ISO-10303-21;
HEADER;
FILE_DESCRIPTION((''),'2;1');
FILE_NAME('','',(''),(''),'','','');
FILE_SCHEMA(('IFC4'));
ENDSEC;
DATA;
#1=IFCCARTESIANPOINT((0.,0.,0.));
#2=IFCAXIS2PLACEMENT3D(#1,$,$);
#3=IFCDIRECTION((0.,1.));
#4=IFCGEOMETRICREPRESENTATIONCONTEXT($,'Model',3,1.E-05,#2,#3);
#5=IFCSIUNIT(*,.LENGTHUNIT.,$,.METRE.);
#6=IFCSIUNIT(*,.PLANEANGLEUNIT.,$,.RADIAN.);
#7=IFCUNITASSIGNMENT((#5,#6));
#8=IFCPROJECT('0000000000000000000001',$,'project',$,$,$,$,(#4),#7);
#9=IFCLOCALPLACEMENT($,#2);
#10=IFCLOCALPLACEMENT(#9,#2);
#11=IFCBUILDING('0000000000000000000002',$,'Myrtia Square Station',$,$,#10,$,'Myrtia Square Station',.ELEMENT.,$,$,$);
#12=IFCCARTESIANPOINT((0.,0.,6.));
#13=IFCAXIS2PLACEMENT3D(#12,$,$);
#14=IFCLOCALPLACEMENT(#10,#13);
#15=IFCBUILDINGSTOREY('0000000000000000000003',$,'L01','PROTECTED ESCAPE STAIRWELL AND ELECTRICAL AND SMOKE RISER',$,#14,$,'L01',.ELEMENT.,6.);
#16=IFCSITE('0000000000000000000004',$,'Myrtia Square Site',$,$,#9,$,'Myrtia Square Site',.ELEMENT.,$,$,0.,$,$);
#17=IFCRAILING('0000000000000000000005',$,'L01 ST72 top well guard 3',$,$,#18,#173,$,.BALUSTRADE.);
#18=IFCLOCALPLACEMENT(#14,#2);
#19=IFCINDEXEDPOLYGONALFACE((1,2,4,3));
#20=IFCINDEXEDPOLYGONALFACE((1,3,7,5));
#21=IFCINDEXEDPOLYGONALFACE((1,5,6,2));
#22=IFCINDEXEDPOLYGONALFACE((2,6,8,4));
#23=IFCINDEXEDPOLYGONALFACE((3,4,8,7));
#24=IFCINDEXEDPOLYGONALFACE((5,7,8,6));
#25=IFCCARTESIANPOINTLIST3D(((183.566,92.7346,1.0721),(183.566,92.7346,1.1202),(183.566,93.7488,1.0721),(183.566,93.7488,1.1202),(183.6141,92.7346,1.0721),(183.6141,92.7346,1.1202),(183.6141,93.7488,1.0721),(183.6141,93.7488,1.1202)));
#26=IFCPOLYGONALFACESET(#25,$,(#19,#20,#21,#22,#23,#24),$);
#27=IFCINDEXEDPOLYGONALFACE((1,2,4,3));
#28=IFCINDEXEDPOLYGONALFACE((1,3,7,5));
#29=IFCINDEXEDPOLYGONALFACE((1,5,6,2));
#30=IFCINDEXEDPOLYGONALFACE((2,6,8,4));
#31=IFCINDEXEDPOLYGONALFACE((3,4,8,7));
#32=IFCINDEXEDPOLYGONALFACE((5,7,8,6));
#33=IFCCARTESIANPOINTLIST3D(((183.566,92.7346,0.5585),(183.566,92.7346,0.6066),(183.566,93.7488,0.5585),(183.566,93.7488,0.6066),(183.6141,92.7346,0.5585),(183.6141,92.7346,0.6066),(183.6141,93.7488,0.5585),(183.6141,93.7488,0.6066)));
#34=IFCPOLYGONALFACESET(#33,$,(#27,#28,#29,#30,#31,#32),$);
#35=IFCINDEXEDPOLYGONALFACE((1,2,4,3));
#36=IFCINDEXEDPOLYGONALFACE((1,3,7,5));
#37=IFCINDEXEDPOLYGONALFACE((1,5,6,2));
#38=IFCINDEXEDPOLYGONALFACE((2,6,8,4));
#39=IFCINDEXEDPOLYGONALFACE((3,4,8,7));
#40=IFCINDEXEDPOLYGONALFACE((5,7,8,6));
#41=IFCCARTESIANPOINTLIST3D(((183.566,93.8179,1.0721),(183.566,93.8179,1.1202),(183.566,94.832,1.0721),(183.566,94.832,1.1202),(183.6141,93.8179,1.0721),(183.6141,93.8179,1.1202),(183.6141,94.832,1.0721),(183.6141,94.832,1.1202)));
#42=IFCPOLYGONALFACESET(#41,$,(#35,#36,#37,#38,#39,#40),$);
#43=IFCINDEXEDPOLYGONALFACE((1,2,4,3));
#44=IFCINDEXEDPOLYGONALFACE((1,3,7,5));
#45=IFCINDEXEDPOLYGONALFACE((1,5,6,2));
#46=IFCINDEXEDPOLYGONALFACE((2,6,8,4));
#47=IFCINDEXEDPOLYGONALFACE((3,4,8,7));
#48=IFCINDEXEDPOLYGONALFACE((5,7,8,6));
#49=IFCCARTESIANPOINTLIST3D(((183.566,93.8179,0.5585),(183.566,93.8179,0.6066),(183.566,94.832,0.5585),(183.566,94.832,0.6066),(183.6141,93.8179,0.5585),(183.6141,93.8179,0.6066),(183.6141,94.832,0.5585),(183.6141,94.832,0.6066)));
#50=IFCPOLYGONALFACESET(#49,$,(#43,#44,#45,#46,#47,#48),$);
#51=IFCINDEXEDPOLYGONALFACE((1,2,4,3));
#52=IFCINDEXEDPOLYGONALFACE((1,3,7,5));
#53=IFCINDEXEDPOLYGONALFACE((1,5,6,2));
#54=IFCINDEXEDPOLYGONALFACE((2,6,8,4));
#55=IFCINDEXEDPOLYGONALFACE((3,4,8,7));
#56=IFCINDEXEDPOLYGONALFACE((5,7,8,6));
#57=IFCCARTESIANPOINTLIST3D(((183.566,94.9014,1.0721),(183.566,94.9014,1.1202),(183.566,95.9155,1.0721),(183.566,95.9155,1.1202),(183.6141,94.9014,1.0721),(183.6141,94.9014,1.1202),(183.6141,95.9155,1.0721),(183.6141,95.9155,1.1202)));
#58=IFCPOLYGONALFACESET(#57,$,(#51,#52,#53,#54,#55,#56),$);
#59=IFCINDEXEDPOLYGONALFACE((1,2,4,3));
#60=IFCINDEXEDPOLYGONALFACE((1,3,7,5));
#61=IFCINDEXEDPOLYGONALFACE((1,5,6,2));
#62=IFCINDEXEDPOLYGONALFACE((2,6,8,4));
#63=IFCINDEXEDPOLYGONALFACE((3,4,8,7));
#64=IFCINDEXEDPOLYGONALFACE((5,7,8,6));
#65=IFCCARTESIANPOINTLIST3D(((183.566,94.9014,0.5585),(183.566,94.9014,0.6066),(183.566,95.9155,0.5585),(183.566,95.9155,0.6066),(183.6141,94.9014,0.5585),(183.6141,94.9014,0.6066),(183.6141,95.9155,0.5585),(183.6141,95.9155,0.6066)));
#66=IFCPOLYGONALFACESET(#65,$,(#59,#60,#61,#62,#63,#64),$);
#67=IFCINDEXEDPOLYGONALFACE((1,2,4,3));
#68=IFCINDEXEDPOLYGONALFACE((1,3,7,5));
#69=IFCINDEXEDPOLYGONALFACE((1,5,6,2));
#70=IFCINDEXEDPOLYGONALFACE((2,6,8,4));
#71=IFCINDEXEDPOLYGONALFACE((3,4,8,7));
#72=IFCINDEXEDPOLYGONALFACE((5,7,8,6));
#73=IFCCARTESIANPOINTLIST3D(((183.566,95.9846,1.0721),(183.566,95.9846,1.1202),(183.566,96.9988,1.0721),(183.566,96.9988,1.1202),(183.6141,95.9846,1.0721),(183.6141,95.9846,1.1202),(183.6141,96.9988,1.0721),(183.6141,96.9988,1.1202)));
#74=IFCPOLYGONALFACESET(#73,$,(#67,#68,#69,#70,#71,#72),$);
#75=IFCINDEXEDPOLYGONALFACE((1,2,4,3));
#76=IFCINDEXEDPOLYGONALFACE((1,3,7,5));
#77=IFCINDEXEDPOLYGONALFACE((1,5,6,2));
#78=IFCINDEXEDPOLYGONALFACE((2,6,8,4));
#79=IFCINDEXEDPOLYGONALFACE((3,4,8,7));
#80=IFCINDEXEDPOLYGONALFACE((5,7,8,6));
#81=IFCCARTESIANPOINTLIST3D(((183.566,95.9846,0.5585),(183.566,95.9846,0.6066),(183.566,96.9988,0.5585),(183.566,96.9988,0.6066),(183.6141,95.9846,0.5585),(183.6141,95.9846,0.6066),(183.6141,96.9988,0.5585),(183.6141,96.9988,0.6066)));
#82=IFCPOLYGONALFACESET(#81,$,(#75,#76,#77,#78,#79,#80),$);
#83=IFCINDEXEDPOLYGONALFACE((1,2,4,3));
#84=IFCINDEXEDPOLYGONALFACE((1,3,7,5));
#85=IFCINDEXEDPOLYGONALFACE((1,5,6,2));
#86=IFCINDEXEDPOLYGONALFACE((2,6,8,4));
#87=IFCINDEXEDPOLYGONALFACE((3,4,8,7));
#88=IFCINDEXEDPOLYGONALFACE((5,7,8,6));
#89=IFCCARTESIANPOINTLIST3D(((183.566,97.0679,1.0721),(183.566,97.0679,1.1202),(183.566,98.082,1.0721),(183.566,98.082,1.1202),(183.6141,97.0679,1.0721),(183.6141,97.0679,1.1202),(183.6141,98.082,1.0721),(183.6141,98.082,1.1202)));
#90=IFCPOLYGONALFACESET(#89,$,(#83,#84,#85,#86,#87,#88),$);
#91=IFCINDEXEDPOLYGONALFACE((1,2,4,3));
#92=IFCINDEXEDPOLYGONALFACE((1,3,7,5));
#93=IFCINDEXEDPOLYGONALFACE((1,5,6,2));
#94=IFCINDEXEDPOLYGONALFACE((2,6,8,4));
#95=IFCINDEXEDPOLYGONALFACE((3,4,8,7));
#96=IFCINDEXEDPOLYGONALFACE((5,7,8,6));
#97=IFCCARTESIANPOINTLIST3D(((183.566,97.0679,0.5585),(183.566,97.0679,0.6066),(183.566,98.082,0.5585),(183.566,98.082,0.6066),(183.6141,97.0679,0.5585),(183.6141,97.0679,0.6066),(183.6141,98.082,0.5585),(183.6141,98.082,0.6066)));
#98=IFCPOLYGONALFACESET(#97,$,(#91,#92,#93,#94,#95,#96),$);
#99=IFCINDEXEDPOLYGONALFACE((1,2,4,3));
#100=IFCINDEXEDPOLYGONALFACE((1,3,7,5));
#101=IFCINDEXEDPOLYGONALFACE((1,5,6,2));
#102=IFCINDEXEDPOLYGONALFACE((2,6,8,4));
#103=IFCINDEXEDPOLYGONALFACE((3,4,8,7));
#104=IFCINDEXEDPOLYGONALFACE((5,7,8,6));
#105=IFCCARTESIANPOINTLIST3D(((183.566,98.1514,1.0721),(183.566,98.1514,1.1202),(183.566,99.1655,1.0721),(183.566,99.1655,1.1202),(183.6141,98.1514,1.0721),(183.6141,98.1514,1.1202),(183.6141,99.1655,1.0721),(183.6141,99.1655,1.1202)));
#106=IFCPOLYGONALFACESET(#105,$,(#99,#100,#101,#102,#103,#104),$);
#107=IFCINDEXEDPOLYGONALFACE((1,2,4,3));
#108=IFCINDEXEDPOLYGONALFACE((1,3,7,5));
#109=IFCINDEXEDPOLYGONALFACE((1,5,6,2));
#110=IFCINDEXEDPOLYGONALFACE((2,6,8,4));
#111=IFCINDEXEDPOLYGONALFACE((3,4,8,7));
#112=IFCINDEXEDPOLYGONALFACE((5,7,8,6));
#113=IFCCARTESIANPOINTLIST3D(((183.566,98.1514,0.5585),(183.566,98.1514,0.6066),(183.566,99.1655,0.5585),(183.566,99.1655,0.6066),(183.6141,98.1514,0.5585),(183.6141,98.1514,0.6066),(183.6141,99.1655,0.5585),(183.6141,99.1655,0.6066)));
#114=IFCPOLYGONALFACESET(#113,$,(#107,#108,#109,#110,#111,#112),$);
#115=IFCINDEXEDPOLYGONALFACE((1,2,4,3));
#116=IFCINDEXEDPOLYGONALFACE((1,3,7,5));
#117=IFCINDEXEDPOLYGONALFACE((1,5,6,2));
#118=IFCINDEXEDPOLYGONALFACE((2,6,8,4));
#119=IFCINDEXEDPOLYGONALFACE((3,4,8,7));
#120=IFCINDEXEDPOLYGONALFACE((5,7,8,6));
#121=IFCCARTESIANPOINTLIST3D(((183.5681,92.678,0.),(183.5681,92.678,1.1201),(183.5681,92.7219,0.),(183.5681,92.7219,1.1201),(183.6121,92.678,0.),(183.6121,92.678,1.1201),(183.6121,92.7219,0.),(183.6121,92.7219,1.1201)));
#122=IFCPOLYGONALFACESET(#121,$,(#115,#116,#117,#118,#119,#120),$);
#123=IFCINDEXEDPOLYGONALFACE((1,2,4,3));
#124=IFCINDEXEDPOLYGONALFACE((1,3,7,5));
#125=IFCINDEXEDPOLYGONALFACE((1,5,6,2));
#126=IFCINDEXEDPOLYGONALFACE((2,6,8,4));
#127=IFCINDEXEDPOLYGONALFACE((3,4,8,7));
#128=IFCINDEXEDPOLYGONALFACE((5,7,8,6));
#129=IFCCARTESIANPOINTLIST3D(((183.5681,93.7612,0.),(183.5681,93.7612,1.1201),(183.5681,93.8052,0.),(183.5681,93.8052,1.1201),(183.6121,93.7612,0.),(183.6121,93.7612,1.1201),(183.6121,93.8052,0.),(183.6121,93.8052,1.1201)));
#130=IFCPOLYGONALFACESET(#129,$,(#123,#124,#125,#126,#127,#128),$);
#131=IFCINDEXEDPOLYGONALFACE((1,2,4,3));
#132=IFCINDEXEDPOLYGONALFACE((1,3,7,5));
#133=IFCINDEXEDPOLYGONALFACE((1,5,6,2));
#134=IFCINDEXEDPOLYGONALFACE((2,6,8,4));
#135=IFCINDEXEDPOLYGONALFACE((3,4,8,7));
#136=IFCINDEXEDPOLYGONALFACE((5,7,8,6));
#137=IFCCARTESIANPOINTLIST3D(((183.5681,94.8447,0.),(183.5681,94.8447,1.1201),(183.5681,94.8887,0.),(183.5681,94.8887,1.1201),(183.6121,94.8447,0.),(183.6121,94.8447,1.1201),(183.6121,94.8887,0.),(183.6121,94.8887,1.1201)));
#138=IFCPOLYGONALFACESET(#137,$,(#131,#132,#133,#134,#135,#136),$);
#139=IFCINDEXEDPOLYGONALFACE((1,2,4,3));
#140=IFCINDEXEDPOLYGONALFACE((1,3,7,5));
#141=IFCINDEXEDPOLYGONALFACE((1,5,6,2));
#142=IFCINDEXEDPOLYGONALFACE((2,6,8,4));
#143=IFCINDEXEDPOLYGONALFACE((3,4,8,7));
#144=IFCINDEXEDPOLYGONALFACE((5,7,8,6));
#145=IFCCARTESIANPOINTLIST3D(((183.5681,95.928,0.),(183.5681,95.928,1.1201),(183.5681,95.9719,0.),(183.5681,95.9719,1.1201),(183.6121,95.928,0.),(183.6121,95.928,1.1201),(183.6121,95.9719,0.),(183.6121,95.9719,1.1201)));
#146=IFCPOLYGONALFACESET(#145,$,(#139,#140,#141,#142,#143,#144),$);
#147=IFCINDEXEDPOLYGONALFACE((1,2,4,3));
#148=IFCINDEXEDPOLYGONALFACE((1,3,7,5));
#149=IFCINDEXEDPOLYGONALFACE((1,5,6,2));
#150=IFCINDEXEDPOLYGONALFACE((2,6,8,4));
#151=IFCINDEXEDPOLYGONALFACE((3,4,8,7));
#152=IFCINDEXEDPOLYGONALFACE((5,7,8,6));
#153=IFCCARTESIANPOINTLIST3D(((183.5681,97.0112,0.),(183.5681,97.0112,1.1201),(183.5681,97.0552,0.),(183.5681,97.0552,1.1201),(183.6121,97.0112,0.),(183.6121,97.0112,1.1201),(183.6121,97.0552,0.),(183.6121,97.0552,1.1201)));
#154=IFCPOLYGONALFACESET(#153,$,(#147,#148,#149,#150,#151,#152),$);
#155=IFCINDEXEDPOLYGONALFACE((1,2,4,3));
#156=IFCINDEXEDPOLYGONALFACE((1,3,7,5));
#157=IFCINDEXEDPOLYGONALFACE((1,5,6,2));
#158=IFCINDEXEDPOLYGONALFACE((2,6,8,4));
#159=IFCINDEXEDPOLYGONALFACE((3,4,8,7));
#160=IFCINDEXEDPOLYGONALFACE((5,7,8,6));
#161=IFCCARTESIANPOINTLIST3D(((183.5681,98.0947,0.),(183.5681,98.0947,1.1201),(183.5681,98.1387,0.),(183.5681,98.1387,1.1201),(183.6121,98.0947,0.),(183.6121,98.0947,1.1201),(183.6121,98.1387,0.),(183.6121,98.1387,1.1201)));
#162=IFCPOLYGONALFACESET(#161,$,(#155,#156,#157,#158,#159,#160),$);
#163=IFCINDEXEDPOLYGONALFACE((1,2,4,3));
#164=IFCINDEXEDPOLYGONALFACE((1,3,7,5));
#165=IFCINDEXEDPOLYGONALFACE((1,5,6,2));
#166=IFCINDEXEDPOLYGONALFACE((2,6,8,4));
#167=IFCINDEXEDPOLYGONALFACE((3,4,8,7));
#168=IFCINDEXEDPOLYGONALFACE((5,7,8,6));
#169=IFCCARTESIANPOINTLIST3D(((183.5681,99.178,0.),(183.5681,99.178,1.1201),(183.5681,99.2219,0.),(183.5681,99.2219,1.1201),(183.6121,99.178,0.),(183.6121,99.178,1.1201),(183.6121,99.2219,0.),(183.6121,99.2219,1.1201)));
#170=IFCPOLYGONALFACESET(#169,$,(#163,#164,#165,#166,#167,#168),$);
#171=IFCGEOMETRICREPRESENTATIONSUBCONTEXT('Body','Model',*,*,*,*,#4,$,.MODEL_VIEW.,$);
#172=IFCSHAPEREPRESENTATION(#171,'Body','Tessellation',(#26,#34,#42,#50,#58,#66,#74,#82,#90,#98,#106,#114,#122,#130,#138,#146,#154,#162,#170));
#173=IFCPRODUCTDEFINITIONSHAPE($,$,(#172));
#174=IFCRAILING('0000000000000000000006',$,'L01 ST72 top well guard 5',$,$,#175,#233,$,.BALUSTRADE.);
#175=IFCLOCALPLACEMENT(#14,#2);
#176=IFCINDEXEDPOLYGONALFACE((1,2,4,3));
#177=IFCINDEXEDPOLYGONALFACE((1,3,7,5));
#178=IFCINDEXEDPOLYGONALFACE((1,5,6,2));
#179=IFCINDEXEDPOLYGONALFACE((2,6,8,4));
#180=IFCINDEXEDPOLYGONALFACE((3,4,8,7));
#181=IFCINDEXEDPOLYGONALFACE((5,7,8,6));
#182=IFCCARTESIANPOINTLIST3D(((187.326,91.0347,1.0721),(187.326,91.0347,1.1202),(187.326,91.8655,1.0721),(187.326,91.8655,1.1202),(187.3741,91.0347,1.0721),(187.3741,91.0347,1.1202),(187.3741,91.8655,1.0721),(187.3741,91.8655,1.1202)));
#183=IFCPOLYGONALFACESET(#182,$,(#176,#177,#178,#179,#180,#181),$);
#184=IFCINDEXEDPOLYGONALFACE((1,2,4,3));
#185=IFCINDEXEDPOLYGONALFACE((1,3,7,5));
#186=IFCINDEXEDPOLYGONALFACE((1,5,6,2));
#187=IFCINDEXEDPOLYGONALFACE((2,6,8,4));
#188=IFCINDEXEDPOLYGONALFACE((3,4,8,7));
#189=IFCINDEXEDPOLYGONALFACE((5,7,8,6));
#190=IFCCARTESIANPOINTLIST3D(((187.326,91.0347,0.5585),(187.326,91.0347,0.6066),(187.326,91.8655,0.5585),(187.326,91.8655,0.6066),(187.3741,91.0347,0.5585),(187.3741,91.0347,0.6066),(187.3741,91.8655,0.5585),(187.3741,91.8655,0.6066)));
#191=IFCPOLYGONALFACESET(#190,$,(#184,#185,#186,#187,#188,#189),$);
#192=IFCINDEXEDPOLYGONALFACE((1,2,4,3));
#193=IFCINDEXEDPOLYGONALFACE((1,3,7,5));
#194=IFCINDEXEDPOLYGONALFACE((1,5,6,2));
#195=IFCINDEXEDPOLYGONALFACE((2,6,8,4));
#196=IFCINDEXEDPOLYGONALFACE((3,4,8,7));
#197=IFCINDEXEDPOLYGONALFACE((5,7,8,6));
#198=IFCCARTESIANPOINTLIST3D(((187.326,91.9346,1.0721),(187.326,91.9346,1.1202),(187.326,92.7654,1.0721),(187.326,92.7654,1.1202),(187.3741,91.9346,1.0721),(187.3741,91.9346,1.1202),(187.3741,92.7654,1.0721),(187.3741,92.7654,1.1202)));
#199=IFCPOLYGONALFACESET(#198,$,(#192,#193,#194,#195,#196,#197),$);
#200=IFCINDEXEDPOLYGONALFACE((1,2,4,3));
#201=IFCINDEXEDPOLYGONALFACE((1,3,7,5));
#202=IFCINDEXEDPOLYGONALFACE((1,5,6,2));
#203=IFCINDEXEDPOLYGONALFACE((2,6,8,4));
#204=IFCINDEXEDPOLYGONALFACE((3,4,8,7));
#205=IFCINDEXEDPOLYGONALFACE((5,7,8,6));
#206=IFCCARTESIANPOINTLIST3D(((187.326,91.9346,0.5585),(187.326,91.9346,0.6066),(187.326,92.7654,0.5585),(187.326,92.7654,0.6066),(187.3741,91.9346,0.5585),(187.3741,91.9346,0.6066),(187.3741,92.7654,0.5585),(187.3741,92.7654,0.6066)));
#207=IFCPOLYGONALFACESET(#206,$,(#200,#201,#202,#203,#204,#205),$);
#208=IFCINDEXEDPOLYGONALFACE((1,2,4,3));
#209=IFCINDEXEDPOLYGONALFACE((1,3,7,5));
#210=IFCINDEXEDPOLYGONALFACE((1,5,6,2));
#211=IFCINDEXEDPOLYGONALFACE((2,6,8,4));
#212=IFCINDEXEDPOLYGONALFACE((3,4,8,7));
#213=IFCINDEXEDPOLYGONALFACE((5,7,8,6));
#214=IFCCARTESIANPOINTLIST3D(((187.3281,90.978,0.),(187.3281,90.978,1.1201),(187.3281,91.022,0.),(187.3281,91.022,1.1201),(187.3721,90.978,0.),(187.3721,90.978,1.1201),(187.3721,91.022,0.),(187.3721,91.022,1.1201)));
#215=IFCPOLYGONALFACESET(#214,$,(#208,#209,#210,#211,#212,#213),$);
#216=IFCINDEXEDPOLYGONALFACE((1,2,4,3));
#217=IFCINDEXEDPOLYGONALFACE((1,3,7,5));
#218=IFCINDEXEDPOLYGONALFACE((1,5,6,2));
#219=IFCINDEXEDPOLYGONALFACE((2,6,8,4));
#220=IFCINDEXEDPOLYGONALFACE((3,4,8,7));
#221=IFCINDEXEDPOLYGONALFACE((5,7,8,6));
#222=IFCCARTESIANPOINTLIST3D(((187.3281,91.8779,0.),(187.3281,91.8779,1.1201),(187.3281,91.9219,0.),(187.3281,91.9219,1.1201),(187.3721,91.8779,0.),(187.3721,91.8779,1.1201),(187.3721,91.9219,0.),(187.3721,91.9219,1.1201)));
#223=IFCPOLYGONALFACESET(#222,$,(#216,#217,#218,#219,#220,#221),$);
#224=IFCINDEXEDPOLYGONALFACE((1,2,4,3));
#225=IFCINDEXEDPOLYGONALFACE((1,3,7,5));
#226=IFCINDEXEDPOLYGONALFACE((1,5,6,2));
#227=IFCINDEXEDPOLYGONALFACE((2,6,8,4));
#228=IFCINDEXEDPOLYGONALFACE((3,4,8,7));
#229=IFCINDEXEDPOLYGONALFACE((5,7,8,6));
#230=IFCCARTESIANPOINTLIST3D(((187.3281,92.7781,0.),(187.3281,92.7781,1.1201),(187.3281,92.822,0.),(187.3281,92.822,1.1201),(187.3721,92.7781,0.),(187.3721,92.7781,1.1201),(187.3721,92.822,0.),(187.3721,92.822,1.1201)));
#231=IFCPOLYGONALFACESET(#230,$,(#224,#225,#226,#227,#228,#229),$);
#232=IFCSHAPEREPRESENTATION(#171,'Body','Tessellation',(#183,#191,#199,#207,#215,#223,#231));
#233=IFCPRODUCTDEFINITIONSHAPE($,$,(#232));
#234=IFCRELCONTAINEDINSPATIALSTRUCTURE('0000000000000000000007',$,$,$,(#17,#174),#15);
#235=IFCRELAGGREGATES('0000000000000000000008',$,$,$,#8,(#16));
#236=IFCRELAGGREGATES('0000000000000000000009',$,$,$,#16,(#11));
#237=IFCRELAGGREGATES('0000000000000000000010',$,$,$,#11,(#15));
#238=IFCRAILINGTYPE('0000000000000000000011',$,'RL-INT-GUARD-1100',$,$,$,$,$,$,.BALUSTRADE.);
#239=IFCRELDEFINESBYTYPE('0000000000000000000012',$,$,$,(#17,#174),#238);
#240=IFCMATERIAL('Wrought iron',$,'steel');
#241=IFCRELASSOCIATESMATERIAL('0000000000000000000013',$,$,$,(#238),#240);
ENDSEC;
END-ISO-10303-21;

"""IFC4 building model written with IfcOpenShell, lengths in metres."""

from ifc_helpers import new_model, si_unit, direction, frame, origin, origin_2d, place, context, subcontext, project, spatial, rectangle, extrude, material, type_object, element, save


model = new_model("IFC4")

# Units and contexts
model_context = context("Model", 3, precision=1e-05, world=origin(), true_north=direction((0.0, 1.0)))
body_context = subcontext(model_context, "Body", "Model", "MODEL_VIEW")
ifc_project = project(units=[si_unit("LENGTHUNIT", "METRE"), si_unit("PLANEANGLEUNIT", "RADIAN")], contexts=[model_context])

# Site, building, storey
site_placement = place(None, origin())
site = spatial("IfcSite", under=ifc_project, at=site_placement, Name="Myrtia Square Site", LongName="Myrtia Square Site", CompositionType="ELEMENT", RefElevation=0.0)
building_placement = place(site_placement, origin())
building = spatial("IfcBuilding", under=site, at=building_placement, Name="Myrtia Square Station", LongName="Myrtia Square Station", CompositionType="ELEMENT")
storey_placement = place(building_placement, frame((0.0, 0.0, 6.0)))
storey = spatial("IfcBuildingStorey", under=building, at=storey_placement, Name="L01", Description="PROTECTED ESCAPE STAIRWELL AND ELECTRICAL AND SMOKE RISER", LongName="L01", CompositionType="ELEMENT", Elevation=6.0)

# Railings
ifc_material_1 = material(Name="Wrought iron", Category="steel")
railing_type = type_object("IfcRailingType", Name="RL-INT-GUARD-1100", PredefinedType="BALUSTRADE", material=ifc_material_1)
railing_1_placement = place(storey_placement, frame((183.5901, 92.7, 0.0)))
element("IfcRailing", 1, at=railing_1_placement, inside=storey, type_object=railing_type, Name="L01 ST72 top well guard 3", PredefinedType="BALUSTRADE", context=body_context, shape_type="SweptSolid", body=[
    extrude(rectangle(XDim=0.0481, YDim=0.0481, at=origin_2d()), frame((0.0, 0.0347, 1.0962), z_axis=(0.0, 1.0, 0.0), x_axis=(-1.0, 0.0, 0.0)), (0.0, 0.0, 1.0), 1.0142),
    extrude(rectangle(XDim=0.0481, YDim=0.0481, at=origin_2d()), frame((0.0, 0.0347, 0.5825), z_axis=(0.0, 1.0, 0.0), x_axis=(-1.0, 0.0, 0.0)), (0.0, 0.0, 1.0), 1.0142),
    extrude(rectangle(XDim=0.0481, YDim=0.0481, at=origin_2d()), frame((0.0, 1.1179, 1.0962), z_axis=(0.0, 1.0, 0.0), x_axis=(-1.0, 0.0, 0.0)), (0.0, 0.0, 1.0), 1.0142),
    extrude(rectangle(XDim=0.0481, YDim=0.0481, at=origin_2d()), frame((0.0, 1.1179, 0.5825), z_axis=(0.0, 1.0, 0.0), x_axis=(-1.0, 0.0, 0.0)), (0.0, 0.0, 1.0), 1.0142),
    extrude(rectangle(XDim=0.0481, YDim=0.0481, at=origin_2d()), frame((0.0, 2.2014, 1.0962), z_axis=(0.0, 1.0, 0.0), x_axis=(-1.0, 0.0, 0.0)), (0.0, 0.0, 1.0), 1.0142),
    extrude(rectangle(XDim=0.0481, YDim=0.0481, at=origin_2d()), frame((0.0, 2.2014, 0.5825), z_axis=(0.0, 1.0, 0.0), x_axis=(-1.0, 0.0, 0.0)), (0.0, 0.0, 1.0), 1.0142),
    extrude(rectangle(XDim=0.0481, YDim=0.0481, at=origin_2d()), frame((0.0, 3.2847, 1.0962), z_axis=(0.0, 1.0, 0.0), x_axis=(-1.0, 0.0, 0.0)), (0.0, 0.0, 1.0), 1.0142),
    extrude(rectangle(XDim=0.0481, YDim=0.0481, at=origin_2d()), frame((0.0, 3.2847, 0.5825), z_axis=(0.0, 1.0, 0.0), x_axis=(-1.0, 0.0, 0.0)), (0.0, 0.0, 1.0), 1.0142),
    extrude(rectangle(XDim=0.0481, YDim=0.0481, at=origin_2d()), frame((0.0, 4.3679, 1.0962), z_axis=(0.0, 1.0, 0.0), x_axis=(-1.0, 0.0, 0.0)), (0.0, 0.0, 1.0), 1.0142),
    extrude(rectangle(XDim=0.0481, YDim=0.0481, at=origin_2d()), frame((0.0, 4.3679, 0.5825), z_axis=(0.0, 1.0, 0.0), x_axis=(-1.0, 0.0, 0.0)), (0.0, 0.0, 1.0), 1.0142),
    extrude(rectangle(XDim=0.0481, YDim=0.0481, at=origin_2d()), frame((0.0, 5.4514, 1.0962), z_axis=(0.0, 1.0, 0.0), x_axis=(-1.0, 0.0, 0.0)), (0.0, 0.0, 1.0), 1.0142),
    extrude(rectangle(XDim=0.0481, YDim=0.0481, at=origin_2d()), frame((0.0, 5.4514, 0.5825), z_axis=(0.0, 1.0, 0.0), x_axis=(-1.0, 0.0, 0.0)), (0.0, 0.0, 1.0), 1.0142),
    extrude(rectangle(XDim=0.0439, YDim=0.0439, at=origin_2d()), origin(), (0.0, 0.0, 1.0), 1.1201),
    extrude(rectangle(XDim=0.0439, YDim=0.0439, at=origin_2d()), frame((0.0, 1.0833, 0.0)), (0.0, 0.0, 1.0), 1.1201),
    extrude(rectangle(XDim=0.0439, YDim=0.0439, at=origin_2d()), frame((0.0, 2.1667, 0.0)), (0.0, 0.0, 1.0), 1.1201),
    extrude(rectangle(XDim=0.0439, YDim=0.0439, at=origin_2d()), frame((0.0, 3.25, 0.0)), (0.0, 0.0, 1.0), 1.1201),
    extrude(rectangle(XDim=0.0439, YDim=0.0439, at=origin_2d()), frame((0.0, 4.3333, 0.0)), (0.0, 0.0, 1.0), 1.1201),
    extrude(rectangle(XDim=0.0439, YDim=0.0439, at=origin_2d()), frame((0.0, 5.4167, 0.0)), (0.0, 0.0, 1.0), 1.1201),
    extrude(rectangle(XDim=0.0439, YDim=0.0439, at=origin_2d()), frame((0.0, 6.5, 0.0)), (0.0, 0.0, 1.0), 1.1201),
])
for number, where, name in (
    (2, (187.3501, 91.0, 0.0), "L01 ST72 top well guard 5"),
):
    element("IfcRailing", number, at=place(storey_placement, frame(where)), inside=storey, type_object=railing_type, Name=name, PredefinedType="BALUSTRADE", context=body_context, shape_type="SweptSolid", body=[
        extrude(rectangle(XDim=0.0481, YDim=0.0481, at=origin_2d()), frame((0.0, 0.0347, 1.0962), z_axis=(0.0, 1.0, 0.0), x_axis=(-1.0, 0.0, 0.0)), (0.0, 0.0, 1.0), 0.8308),
        extrude(rectangle(XDim=0.0481, YDim=0.0481, at=origin_2d()), frame((0.0, 0.0347, 0.5825), z_axis=(0.0, 1.0, 0.0), x_axis=(-1.0, 0.0, 0.0)), (0.0, 0.0, 1.0), 0.8308),
        extrude(rectangle(XDim=0.0481, YDim=0.0481, at=origin_2d()), frame((0.0, 0.9346, 1.0962), z_axis=(0.0, 1.0, 0.0), x_axis=(-1.0, 0.0, 0.0)), (0.0, 0.0, 1.0), 0.8308),
        extrude(rectangle(XDim=0.0481, YDim=0.0481, at=origin_2d()), frame((0.0, 0.9346, 0.5825), z_axis=(0.0, 1.0, 0.0), x_axis=(-1.0, 0.0, 0.0)), (0.0, 0.0, 1.0), 0.8308),
        extrude(rectangle(XDim=0.0439, YDim=0.0439, at=origin_2d()), origin(), (0.0, 0.0, 1.0), 1.1201),
        extrude(rectangle(XDim=0.0439, YDim=0.0439, at=origin_2d()), frame((0.0, 0.8999, 0.0)), (0.0, 0.0, 1.0), 1.1201),
        extrude(rectangle(XDim=0.0439, YDim=0.0439, at=origin_2d()), frame((0.0, 1.8, 0.0)), (0.0, 0.0, 1.0), 1.1201),
    ])

save(model, "model.ifc")
